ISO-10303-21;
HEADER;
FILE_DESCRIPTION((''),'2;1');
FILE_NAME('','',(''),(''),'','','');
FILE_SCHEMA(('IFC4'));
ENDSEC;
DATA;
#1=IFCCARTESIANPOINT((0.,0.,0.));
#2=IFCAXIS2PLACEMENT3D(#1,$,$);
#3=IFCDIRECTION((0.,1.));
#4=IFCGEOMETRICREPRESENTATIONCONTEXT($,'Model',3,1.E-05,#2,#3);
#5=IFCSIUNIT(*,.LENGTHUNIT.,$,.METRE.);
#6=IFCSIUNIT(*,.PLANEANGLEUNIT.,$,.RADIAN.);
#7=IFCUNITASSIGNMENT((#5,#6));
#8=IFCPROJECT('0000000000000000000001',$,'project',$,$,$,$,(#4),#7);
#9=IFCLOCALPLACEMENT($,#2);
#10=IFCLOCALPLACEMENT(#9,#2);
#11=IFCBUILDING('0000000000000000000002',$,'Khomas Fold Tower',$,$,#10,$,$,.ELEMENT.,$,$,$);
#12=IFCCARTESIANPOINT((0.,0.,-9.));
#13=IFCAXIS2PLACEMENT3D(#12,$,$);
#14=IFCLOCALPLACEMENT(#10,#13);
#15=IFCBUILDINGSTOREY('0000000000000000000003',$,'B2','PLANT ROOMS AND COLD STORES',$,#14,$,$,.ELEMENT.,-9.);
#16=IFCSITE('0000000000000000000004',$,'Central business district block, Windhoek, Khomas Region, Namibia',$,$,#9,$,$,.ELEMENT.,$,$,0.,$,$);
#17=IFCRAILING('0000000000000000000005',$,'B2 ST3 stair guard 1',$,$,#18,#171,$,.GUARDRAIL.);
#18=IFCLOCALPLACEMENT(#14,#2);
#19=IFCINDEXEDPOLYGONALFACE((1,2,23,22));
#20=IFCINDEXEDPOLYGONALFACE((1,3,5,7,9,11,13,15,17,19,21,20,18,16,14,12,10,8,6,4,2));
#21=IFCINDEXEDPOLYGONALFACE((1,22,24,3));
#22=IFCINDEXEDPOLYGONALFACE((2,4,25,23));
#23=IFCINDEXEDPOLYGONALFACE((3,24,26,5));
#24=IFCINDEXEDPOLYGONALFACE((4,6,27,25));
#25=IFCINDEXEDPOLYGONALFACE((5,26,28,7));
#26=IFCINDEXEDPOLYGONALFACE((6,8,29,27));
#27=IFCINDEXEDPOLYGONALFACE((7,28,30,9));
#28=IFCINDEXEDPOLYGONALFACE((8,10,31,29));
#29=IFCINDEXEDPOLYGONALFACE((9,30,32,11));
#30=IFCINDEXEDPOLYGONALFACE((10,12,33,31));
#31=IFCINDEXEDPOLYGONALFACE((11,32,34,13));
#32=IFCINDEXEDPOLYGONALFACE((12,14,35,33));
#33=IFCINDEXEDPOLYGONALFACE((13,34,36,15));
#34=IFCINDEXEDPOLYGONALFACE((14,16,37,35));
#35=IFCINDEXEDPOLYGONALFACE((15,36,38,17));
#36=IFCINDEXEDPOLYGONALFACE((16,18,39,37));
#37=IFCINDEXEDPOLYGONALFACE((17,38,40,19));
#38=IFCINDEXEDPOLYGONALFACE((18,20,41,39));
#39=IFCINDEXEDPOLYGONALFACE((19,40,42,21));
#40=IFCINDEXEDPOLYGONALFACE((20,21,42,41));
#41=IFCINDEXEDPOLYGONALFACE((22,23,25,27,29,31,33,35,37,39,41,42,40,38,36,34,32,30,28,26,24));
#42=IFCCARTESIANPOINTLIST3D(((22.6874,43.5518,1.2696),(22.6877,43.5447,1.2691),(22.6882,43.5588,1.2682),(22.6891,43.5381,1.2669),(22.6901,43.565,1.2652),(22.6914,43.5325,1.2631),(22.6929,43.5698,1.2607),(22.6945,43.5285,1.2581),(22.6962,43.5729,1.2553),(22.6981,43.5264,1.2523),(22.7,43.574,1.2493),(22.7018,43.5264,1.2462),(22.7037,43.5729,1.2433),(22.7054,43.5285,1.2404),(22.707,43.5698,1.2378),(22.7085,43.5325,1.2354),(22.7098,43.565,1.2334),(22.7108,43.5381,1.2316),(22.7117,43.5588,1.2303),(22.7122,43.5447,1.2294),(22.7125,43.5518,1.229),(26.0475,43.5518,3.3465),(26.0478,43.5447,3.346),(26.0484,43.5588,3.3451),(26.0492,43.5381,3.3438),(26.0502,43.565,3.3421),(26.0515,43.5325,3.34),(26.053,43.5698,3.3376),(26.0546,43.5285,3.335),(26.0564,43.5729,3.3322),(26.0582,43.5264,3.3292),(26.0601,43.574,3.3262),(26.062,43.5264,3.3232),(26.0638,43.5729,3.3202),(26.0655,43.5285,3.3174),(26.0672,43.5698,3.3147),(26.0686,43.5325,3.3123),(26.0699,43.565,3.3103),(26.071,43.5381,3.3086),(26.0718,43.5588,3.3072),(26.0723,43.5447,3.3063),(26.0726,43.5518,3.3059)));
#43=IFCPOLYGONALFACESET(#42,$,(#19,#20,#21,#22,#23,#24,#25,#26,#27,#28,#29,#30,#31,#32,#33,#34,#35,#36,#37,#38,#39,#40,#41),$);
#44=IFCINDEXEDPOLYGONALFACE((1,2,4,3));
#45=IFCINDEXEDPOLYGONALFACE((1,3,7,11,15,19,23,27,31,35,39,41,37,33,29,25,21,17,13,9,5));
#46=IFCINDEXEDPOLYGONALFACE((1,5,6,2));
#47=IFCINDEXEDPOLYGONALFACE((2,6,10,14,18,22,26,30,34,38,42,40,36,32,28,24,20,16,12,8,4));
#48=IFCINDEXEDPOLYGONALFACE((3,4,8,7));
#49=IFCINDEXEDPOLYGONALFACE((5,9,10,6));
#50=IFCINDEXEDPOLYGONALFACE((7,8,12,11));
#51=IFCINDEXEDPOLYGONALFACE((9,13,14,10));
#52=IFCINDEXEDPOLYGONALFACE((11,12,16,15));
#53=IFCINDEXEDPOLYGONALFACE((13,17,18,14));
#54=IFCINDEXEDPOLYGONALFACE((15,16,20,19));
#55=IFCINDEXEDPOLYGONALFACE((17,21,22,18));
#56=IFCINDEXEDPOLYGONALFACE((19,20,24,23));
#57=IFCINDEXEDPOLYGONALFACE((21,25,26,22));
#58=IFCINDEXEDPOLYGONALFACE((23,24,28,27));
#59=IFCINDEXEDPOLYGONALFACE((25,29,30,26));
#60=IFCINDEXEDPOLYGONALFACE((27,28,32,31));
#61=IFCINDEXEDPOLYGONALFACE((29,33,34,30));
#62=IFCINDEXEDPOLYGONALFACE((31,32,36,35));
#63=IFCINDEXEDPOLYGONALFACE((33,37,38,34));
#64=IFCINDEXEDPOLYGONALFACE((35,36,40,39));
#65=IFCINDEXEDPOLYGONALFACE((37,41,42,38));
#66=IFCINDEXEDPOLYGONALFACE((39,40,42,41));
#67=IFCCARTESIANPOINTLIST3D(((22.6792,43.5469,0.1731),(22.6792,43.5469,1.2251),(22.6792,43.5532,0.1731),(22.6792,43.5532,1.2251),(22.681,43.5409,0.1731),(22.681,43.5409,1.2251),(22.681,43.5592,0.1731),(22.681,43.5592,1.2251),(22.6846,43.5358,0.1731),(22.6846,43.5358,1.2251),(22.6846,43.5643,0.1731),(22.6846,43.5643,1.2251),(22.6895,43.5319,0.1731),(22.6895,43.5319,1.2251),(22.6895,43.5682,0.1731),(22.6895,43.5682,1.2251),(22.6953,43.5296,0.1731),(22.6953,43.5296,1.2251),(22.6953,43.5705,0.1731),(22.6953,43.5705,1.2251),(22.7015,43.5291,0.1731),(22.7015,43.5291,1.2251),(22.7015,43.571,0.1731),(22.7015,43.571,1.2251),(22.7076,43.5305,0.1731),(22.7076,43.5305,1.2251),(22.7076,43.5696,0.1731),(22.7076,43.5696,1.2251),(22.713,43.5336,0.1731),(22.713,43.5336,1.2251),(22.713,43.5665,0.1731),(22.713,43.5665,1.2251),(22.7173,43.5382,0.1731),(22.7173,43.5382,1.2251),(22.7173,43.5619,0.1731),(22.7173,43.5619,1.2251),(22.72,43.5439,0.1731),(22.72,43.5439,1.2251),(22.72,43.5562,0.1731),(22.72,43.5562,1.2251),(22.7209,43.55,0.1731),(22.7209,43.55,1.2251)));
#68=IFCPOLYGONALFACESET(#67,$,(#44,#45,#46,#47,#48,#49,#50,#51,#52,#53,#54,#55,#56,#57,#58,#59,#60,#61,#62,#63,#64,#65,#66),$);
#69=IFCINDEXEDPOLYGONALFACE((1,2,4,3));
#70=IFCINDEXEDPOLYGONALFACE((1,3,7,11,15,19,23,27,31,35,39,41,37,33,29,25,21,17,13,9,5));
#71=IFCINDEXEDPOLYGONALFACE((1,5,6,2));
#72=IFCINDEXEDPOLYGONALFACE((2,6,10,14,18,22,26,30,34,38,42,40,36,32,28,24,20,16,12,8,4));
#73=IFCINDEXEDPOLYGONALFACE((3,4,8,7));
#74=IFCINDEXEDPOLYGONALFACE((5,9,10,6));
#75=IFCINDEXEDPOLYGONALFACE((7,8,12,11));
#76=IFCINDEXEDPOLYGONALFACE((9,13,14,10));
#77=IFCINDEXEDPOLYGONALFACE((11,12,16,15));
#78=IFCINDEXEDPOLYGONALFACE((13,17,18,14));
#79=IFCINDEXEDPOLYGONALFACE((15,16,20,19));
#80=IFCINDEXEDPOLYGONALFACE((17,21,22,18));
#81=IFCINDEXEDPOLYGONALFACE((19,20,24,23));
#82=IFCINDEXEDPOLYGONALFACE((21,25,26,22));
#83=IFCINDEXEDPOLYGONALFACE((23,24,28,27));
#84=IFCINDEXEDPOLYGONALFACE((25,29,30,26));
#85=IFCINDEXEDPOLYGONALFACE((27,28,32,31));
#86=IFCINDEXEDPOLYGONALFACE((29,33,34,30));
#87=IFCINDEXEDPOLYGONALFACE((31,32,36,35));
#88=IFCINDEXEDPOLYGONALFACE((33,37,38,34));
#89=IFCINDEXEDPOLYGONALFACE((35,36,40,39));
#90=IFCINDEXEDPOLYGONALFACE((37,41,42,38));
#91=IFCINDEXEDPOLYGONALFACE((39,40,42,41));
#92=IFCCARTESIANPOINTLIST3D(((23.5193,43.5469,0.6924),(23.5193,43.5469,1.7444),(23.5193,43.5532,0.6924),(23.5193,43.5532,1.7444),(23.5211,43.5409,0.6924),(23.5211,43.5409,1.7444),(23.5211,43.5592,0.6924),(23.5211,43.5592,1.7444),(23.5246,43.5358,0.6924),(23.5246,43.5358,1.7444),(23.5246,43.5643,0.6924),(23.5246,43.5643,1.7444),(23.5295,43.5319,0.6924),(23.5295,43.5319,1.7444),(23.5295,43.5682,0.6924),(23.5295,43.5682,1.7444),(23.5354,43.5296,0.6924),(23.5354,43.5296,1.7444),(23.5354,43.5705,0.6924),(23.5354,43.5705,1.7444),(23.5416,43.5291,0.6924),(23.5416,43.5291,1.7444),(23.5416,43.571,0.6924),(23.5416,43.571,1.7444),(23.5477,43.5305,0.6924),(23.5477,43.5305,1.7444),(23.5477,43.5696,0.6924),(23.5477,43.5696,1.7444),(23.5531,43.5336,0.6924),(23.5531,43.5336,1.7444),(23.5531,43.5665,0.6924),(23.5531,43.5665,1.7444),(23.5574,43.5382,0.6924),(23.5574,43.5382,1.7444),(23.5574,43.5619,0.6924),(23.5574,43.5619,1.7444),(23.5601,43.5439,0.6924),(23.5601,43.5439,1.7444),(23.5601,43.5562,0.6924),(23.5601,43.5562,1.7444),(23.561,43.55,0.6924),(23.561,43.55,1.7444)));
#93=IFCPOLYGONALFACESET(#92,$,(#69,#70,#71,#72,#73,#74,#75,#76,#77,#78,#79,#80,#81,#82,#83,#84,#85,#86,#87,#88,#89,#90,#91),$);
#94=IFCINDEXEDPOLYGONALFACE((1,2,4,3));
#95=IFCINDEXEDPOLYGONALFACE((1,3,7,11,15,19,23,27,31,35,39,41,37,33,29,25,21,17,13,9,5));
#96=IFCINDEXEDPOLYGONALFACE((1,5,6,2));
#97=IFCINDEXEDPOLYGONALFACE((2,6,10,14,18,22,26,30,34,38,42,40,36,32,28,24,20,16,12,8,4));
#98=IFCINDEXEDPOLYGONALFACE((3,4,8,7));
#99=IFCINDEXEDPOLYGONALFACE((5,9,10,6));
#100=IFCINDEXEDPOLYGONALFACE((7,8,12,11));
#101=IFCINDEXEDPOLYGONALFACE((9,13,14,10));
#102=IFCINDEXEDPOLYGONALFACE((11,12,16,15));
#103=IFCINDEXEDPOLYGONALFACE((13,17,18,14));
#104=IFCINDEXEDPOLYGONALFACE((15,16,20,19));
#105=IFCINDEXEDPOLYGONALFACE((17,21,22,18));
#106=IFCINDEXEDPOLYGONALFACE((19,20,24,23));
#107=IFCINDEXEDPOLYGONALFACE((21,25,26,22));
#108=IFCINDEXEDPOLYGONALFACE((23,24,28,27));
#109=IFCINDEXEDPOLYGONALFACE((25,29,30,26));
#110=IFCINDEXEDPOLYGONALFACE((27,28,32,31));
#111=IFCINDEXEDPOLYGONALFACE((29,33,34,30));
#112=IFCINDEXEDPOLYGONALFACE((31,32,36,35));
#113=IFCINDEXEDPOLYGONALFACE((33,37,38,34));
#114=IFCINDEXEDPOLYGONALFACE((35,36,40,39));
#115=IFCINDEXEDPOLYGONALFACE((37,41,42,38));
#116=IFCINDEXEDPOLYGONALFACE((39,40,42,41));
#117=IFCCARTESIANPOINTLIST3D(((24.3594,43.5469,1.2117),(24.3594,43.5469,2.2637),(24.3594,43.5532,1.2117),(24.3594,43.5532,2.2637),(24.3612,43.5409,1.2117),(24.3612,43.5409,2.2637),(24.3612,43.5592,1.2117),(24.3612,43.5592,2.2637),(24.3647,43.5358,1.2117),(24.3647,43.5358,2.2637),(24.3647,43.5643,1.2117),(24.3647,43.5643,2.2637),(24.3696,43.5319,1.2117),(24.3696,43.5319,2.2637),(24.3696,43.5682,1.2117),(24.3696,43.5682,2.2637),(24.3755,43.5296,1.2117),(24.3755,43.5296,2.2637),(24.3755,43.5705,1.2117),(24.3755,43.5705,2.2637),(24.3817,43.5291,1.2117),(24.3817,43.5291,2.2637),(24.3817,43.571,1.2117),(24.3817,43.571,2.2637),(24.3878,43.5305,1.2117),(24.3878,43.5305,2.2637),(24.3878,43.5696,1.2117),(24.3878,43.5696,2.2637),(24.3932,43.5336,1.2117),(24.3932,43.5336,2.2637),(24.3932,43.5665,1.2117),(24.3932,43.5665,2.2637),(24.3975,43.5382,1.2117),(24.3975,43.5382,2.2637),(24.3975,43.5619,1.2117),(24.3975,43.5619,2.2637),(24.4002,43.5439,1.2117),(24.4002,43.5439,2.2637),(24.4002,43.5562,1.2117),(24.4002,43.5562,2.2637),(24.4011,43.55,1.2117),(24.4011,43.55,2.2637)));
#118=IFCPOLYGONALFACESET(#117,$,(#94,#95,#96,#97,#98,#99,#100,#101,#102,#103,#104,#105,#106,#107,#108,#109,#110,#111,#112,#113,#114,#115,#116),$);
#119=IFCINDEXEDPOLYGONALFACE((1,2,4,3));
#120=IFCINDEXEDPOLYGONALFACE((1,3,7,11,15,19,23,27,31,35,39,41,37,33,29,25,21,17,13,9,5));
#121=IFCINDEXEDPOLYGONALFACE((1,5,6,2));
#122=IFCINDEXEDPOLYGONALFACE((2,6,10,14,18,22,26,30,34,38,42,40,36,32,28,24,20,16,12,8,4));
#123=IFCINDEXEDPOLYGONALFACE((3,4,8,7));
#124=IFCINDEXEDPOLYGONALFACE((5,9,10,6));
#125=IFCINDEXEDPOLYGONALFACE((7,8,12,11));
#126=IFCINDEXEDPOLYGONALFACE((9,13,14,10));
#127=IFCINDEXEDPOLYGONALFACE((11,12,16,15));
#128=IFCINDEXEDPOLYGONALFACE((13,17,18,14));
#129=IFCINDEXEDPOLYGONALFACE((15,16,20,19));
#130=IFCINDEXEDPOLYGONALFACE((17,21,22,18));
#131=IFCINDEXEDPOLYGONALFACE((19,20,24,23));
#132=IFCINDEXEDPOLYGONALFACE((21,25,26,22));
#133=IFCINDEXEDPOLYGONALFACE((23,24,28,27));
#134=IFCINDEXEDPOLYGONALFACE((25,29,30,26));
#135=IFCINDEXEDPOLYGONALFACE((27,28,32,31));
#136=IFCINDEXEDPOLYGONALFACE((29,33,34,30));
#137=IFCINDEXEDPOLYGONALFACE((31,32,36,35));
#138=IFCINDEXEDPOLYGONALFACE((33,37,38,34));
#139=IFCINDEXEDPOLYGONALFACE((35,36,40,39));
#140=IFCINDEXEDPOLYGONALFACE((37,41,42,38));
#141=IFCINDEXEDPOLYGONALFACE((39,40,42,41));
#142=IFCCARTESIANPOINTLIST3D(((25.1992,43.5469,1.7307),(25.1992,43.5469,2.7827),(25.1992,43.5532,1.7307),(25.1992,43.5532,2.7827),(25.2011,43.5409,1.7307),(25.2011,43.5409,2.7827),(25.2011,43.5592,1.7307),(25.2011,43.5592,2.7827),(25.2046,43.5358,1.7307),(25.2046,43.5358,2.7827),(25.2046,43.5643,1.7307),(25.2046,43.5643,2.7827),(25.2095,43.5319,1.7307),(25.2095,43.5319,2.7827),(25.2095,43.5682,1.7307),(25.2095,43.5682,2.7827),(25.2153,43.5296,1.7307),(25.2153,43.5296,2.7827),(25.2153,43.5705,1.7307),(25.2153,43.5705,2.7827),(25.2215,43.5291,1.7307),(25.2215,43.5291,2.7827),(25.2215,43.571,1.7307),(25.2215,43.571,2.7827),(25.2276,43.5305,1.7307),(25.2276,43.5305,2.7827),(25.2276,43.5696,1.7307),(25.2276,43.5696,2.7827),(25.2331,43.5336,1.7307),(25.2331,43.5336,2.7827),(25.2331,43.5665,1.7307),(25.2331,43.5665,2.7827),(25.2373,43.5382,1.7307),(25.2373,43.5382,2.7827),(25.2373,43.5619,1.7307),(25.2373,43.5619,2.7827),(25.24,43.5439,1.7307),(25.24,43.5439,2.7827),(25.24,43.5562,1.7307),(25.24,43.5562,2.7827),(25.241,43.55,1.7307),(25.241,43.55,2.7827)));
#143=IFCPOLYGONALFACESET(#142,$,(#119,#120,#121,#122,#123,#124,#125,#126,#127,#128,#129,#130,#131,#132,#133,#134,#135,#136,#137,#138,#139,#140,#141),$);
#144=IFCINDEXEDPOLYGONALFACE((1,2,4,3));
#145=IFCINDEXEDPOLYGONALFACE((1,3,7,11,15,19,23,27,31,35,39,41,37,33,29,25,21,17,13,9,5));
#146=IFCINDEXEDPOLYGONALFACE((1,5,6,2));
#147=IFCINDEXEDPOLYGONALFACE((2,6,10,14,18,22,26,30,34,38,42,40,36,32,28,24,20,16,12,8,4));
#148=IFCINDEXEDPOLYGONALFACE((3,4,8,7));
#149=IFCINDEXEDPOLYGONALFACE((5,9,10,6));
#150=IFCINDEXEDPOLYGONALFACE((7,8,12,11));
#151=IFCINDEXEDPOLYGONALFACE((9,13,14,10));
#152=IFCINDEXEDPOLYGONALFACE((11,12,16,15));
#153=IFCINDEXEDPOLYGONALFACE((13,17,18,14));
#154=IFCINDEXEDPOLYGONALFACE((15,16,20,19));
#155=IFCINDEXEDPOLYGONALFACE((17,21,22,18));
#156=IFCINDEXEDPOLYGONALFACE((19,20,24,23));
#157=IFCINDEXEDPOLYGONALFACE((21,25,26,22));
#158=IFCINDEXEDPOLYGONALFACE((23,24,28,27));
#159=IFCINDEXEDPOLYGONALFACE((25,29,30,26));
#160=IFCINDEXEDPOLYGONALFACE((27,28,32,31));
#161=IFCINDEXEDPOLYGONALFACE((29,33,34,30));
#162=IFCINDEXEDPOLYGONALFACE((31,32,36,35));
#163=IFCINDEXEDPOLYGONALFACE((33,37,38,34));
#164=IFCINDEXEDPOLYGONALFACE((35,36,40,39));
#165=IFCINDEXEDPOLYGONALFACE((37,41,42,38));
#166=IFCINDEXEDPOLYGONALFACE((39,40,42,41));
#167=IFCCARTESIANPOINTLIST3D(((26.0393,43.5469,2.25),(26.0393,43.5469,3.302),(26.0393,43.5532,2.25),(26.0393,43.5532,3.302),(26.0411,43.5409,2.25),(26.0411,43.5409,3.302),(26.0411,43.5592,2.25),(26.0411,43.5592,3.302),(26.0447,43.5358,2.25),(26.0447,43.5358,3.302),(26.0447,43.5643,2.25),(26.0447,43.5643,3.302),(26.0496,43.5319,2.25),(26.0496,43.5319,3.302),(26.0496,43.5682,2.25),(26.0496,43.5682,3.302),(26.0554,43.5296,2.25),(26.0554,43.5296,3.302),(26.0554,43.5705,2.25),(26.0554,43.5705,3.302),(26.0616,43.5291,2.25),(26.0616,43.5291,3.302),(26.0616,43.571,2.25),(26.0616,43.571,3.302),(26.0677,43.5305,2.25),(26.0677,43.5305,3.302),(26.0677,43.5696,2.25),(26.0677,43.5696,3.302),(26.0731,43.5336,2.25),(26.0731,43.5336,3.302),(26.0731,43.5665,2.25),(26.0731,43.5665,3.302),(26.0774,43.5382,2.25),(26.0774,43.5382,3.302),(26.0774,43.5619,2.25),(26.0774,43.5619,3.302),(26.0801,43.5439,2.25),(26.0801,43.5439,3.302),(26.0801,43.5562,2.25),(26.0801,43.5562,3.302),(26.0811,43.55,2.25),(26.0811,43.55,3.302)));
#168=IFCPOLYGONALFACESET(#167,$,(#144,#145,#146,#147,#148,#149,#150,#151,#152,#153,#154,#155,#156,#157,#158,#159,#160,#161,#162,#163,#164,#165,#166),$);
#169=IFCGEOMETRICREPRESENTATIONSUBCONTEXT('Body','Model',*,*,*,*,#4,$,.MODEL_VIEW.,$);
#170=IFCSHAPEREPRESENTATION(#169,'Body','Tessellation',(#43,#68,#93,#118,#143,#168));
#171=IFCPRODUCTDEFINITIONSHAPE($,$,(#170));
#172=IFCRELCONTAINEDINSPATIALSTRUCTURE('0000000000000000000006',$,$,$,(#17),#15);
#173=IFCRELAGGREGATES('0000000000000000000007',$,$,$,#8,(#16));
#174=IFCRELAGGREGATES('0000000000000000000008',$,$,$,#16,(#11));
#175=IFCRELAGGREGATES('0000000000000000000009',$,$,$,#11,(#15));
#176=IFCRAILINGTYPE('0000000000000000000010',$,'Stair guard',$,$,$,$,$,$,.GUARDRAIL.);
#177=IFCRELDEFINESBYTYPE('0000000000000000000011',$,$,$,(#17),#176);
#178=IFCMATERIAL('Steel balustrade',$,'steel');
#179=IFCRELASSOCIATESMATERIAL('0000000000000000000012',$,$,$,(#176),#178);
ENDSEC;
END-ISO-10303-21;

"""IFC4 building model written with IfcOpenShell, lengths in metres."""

from ifc_helpers import new_model, si_unit, direction, frame, origin, origin_2d, place, context, subcontext, project, spatial, circle, extrude, source, transform, mapped, material, type_object, element, save


model = new_model("IFC4")

# Units and contexts
model_context = context("Model", 3, precision=1e-05, world=origin(), true_north=direction((0.0, 1.0)))
body_context = subcontext(model_context, "Body", "Model", "MODEL_VIEW")
ifc_project = project(units=[si_unit("LENGTHUNIT", "METRE"), si_unit("PLANEANGLEUNIT", "RADIAN")], contexts=[model_context])

# Site, building, storey
site_placement = place(None, origin())
site = spatial("IfcSite", under=ifc_project, at=site_placement, Name="Central business district block, Windhoek, Khomas Region, Namibia", CompositionType="ELEMENT", RefElevation=0.0)
building_placement = place(site_placement, origin())
building = spatial("IfcBuilding", under=site, at=building_placement, Name="Khomas Fold Tower", CompositionType="ELEMENT")
storey_placement = place(building_placement, frame((0.0, 0.0, -9.0)))
storey = spatial("IfcBuildingStorey", under=building, at=storey_placement, Name="B2", Description="PLANT ROOMS AND COLD STORES", CompositionType="ELEMENT", Elevation=-9.0)

# Railing
ifc_material_1 = material(Name="Steel balustrade", Category="steel")
railing_type_1 = type_object("IfcRailingType", Name="Stair guard", PredefinedType="GUARDRAIL", material=ifc_material_1)
shared_shape_1 = source(origin(), body_context, "Body", "SweptSolid", [
    extrude(circle(Radius=0.0239, at=origin_2d()), frame((0.0, 0.0, 1.0762), z_axis=(0.850623, 0.0, 0.525776), x_axis=(0.0, 1.0, 0.0)), (0.0, 0.0, 1.0), 3.9502),
    extrude(circle(Radius=0.021, at=origin_2d()), origin(), (0.0, 0.0, 1.0), 1.052),
    extrude(circle(Radius=0.021, at=origin_2d()), frame((0.8401, 0.0, 0.5193)), (0.0, 0.0, 1.0), 1.052),
    extrude(circle(Radius=0.021, at=origin_2d()), frame((1.6802, 0.0, 1.0386)), (0.0, 0.0, 1.0), 1.052),
    extrude(circle(Radius=0.021, at=origin_2d()), frame((2.52, 0.0, 1.5576)), (0.0, 0.0, 1.0), 1.052),
    extrude(circle(Radius=0.021, at=origin_2d()), frame((3.3601, 0.0, 2.0769)), (0.0, 0.0, 1.0), 1.052),
])
railing_1_placement = place(storey_placement, frame((22.7, 43.55, 0.1731)))
element("IfcRailing", 1, at=railing_1_placement, inside=storey, type_object=railing_type_1, Name="B2 ST3 stair guard 1", PredefinedType="GUARDRAIL", context=body_context, shape_type="MappedRepresentation", body=[
    mapped(shared_shape_1, transform((0.0, 0.0, 0.0))),
])

save(model, "model.ifc")
